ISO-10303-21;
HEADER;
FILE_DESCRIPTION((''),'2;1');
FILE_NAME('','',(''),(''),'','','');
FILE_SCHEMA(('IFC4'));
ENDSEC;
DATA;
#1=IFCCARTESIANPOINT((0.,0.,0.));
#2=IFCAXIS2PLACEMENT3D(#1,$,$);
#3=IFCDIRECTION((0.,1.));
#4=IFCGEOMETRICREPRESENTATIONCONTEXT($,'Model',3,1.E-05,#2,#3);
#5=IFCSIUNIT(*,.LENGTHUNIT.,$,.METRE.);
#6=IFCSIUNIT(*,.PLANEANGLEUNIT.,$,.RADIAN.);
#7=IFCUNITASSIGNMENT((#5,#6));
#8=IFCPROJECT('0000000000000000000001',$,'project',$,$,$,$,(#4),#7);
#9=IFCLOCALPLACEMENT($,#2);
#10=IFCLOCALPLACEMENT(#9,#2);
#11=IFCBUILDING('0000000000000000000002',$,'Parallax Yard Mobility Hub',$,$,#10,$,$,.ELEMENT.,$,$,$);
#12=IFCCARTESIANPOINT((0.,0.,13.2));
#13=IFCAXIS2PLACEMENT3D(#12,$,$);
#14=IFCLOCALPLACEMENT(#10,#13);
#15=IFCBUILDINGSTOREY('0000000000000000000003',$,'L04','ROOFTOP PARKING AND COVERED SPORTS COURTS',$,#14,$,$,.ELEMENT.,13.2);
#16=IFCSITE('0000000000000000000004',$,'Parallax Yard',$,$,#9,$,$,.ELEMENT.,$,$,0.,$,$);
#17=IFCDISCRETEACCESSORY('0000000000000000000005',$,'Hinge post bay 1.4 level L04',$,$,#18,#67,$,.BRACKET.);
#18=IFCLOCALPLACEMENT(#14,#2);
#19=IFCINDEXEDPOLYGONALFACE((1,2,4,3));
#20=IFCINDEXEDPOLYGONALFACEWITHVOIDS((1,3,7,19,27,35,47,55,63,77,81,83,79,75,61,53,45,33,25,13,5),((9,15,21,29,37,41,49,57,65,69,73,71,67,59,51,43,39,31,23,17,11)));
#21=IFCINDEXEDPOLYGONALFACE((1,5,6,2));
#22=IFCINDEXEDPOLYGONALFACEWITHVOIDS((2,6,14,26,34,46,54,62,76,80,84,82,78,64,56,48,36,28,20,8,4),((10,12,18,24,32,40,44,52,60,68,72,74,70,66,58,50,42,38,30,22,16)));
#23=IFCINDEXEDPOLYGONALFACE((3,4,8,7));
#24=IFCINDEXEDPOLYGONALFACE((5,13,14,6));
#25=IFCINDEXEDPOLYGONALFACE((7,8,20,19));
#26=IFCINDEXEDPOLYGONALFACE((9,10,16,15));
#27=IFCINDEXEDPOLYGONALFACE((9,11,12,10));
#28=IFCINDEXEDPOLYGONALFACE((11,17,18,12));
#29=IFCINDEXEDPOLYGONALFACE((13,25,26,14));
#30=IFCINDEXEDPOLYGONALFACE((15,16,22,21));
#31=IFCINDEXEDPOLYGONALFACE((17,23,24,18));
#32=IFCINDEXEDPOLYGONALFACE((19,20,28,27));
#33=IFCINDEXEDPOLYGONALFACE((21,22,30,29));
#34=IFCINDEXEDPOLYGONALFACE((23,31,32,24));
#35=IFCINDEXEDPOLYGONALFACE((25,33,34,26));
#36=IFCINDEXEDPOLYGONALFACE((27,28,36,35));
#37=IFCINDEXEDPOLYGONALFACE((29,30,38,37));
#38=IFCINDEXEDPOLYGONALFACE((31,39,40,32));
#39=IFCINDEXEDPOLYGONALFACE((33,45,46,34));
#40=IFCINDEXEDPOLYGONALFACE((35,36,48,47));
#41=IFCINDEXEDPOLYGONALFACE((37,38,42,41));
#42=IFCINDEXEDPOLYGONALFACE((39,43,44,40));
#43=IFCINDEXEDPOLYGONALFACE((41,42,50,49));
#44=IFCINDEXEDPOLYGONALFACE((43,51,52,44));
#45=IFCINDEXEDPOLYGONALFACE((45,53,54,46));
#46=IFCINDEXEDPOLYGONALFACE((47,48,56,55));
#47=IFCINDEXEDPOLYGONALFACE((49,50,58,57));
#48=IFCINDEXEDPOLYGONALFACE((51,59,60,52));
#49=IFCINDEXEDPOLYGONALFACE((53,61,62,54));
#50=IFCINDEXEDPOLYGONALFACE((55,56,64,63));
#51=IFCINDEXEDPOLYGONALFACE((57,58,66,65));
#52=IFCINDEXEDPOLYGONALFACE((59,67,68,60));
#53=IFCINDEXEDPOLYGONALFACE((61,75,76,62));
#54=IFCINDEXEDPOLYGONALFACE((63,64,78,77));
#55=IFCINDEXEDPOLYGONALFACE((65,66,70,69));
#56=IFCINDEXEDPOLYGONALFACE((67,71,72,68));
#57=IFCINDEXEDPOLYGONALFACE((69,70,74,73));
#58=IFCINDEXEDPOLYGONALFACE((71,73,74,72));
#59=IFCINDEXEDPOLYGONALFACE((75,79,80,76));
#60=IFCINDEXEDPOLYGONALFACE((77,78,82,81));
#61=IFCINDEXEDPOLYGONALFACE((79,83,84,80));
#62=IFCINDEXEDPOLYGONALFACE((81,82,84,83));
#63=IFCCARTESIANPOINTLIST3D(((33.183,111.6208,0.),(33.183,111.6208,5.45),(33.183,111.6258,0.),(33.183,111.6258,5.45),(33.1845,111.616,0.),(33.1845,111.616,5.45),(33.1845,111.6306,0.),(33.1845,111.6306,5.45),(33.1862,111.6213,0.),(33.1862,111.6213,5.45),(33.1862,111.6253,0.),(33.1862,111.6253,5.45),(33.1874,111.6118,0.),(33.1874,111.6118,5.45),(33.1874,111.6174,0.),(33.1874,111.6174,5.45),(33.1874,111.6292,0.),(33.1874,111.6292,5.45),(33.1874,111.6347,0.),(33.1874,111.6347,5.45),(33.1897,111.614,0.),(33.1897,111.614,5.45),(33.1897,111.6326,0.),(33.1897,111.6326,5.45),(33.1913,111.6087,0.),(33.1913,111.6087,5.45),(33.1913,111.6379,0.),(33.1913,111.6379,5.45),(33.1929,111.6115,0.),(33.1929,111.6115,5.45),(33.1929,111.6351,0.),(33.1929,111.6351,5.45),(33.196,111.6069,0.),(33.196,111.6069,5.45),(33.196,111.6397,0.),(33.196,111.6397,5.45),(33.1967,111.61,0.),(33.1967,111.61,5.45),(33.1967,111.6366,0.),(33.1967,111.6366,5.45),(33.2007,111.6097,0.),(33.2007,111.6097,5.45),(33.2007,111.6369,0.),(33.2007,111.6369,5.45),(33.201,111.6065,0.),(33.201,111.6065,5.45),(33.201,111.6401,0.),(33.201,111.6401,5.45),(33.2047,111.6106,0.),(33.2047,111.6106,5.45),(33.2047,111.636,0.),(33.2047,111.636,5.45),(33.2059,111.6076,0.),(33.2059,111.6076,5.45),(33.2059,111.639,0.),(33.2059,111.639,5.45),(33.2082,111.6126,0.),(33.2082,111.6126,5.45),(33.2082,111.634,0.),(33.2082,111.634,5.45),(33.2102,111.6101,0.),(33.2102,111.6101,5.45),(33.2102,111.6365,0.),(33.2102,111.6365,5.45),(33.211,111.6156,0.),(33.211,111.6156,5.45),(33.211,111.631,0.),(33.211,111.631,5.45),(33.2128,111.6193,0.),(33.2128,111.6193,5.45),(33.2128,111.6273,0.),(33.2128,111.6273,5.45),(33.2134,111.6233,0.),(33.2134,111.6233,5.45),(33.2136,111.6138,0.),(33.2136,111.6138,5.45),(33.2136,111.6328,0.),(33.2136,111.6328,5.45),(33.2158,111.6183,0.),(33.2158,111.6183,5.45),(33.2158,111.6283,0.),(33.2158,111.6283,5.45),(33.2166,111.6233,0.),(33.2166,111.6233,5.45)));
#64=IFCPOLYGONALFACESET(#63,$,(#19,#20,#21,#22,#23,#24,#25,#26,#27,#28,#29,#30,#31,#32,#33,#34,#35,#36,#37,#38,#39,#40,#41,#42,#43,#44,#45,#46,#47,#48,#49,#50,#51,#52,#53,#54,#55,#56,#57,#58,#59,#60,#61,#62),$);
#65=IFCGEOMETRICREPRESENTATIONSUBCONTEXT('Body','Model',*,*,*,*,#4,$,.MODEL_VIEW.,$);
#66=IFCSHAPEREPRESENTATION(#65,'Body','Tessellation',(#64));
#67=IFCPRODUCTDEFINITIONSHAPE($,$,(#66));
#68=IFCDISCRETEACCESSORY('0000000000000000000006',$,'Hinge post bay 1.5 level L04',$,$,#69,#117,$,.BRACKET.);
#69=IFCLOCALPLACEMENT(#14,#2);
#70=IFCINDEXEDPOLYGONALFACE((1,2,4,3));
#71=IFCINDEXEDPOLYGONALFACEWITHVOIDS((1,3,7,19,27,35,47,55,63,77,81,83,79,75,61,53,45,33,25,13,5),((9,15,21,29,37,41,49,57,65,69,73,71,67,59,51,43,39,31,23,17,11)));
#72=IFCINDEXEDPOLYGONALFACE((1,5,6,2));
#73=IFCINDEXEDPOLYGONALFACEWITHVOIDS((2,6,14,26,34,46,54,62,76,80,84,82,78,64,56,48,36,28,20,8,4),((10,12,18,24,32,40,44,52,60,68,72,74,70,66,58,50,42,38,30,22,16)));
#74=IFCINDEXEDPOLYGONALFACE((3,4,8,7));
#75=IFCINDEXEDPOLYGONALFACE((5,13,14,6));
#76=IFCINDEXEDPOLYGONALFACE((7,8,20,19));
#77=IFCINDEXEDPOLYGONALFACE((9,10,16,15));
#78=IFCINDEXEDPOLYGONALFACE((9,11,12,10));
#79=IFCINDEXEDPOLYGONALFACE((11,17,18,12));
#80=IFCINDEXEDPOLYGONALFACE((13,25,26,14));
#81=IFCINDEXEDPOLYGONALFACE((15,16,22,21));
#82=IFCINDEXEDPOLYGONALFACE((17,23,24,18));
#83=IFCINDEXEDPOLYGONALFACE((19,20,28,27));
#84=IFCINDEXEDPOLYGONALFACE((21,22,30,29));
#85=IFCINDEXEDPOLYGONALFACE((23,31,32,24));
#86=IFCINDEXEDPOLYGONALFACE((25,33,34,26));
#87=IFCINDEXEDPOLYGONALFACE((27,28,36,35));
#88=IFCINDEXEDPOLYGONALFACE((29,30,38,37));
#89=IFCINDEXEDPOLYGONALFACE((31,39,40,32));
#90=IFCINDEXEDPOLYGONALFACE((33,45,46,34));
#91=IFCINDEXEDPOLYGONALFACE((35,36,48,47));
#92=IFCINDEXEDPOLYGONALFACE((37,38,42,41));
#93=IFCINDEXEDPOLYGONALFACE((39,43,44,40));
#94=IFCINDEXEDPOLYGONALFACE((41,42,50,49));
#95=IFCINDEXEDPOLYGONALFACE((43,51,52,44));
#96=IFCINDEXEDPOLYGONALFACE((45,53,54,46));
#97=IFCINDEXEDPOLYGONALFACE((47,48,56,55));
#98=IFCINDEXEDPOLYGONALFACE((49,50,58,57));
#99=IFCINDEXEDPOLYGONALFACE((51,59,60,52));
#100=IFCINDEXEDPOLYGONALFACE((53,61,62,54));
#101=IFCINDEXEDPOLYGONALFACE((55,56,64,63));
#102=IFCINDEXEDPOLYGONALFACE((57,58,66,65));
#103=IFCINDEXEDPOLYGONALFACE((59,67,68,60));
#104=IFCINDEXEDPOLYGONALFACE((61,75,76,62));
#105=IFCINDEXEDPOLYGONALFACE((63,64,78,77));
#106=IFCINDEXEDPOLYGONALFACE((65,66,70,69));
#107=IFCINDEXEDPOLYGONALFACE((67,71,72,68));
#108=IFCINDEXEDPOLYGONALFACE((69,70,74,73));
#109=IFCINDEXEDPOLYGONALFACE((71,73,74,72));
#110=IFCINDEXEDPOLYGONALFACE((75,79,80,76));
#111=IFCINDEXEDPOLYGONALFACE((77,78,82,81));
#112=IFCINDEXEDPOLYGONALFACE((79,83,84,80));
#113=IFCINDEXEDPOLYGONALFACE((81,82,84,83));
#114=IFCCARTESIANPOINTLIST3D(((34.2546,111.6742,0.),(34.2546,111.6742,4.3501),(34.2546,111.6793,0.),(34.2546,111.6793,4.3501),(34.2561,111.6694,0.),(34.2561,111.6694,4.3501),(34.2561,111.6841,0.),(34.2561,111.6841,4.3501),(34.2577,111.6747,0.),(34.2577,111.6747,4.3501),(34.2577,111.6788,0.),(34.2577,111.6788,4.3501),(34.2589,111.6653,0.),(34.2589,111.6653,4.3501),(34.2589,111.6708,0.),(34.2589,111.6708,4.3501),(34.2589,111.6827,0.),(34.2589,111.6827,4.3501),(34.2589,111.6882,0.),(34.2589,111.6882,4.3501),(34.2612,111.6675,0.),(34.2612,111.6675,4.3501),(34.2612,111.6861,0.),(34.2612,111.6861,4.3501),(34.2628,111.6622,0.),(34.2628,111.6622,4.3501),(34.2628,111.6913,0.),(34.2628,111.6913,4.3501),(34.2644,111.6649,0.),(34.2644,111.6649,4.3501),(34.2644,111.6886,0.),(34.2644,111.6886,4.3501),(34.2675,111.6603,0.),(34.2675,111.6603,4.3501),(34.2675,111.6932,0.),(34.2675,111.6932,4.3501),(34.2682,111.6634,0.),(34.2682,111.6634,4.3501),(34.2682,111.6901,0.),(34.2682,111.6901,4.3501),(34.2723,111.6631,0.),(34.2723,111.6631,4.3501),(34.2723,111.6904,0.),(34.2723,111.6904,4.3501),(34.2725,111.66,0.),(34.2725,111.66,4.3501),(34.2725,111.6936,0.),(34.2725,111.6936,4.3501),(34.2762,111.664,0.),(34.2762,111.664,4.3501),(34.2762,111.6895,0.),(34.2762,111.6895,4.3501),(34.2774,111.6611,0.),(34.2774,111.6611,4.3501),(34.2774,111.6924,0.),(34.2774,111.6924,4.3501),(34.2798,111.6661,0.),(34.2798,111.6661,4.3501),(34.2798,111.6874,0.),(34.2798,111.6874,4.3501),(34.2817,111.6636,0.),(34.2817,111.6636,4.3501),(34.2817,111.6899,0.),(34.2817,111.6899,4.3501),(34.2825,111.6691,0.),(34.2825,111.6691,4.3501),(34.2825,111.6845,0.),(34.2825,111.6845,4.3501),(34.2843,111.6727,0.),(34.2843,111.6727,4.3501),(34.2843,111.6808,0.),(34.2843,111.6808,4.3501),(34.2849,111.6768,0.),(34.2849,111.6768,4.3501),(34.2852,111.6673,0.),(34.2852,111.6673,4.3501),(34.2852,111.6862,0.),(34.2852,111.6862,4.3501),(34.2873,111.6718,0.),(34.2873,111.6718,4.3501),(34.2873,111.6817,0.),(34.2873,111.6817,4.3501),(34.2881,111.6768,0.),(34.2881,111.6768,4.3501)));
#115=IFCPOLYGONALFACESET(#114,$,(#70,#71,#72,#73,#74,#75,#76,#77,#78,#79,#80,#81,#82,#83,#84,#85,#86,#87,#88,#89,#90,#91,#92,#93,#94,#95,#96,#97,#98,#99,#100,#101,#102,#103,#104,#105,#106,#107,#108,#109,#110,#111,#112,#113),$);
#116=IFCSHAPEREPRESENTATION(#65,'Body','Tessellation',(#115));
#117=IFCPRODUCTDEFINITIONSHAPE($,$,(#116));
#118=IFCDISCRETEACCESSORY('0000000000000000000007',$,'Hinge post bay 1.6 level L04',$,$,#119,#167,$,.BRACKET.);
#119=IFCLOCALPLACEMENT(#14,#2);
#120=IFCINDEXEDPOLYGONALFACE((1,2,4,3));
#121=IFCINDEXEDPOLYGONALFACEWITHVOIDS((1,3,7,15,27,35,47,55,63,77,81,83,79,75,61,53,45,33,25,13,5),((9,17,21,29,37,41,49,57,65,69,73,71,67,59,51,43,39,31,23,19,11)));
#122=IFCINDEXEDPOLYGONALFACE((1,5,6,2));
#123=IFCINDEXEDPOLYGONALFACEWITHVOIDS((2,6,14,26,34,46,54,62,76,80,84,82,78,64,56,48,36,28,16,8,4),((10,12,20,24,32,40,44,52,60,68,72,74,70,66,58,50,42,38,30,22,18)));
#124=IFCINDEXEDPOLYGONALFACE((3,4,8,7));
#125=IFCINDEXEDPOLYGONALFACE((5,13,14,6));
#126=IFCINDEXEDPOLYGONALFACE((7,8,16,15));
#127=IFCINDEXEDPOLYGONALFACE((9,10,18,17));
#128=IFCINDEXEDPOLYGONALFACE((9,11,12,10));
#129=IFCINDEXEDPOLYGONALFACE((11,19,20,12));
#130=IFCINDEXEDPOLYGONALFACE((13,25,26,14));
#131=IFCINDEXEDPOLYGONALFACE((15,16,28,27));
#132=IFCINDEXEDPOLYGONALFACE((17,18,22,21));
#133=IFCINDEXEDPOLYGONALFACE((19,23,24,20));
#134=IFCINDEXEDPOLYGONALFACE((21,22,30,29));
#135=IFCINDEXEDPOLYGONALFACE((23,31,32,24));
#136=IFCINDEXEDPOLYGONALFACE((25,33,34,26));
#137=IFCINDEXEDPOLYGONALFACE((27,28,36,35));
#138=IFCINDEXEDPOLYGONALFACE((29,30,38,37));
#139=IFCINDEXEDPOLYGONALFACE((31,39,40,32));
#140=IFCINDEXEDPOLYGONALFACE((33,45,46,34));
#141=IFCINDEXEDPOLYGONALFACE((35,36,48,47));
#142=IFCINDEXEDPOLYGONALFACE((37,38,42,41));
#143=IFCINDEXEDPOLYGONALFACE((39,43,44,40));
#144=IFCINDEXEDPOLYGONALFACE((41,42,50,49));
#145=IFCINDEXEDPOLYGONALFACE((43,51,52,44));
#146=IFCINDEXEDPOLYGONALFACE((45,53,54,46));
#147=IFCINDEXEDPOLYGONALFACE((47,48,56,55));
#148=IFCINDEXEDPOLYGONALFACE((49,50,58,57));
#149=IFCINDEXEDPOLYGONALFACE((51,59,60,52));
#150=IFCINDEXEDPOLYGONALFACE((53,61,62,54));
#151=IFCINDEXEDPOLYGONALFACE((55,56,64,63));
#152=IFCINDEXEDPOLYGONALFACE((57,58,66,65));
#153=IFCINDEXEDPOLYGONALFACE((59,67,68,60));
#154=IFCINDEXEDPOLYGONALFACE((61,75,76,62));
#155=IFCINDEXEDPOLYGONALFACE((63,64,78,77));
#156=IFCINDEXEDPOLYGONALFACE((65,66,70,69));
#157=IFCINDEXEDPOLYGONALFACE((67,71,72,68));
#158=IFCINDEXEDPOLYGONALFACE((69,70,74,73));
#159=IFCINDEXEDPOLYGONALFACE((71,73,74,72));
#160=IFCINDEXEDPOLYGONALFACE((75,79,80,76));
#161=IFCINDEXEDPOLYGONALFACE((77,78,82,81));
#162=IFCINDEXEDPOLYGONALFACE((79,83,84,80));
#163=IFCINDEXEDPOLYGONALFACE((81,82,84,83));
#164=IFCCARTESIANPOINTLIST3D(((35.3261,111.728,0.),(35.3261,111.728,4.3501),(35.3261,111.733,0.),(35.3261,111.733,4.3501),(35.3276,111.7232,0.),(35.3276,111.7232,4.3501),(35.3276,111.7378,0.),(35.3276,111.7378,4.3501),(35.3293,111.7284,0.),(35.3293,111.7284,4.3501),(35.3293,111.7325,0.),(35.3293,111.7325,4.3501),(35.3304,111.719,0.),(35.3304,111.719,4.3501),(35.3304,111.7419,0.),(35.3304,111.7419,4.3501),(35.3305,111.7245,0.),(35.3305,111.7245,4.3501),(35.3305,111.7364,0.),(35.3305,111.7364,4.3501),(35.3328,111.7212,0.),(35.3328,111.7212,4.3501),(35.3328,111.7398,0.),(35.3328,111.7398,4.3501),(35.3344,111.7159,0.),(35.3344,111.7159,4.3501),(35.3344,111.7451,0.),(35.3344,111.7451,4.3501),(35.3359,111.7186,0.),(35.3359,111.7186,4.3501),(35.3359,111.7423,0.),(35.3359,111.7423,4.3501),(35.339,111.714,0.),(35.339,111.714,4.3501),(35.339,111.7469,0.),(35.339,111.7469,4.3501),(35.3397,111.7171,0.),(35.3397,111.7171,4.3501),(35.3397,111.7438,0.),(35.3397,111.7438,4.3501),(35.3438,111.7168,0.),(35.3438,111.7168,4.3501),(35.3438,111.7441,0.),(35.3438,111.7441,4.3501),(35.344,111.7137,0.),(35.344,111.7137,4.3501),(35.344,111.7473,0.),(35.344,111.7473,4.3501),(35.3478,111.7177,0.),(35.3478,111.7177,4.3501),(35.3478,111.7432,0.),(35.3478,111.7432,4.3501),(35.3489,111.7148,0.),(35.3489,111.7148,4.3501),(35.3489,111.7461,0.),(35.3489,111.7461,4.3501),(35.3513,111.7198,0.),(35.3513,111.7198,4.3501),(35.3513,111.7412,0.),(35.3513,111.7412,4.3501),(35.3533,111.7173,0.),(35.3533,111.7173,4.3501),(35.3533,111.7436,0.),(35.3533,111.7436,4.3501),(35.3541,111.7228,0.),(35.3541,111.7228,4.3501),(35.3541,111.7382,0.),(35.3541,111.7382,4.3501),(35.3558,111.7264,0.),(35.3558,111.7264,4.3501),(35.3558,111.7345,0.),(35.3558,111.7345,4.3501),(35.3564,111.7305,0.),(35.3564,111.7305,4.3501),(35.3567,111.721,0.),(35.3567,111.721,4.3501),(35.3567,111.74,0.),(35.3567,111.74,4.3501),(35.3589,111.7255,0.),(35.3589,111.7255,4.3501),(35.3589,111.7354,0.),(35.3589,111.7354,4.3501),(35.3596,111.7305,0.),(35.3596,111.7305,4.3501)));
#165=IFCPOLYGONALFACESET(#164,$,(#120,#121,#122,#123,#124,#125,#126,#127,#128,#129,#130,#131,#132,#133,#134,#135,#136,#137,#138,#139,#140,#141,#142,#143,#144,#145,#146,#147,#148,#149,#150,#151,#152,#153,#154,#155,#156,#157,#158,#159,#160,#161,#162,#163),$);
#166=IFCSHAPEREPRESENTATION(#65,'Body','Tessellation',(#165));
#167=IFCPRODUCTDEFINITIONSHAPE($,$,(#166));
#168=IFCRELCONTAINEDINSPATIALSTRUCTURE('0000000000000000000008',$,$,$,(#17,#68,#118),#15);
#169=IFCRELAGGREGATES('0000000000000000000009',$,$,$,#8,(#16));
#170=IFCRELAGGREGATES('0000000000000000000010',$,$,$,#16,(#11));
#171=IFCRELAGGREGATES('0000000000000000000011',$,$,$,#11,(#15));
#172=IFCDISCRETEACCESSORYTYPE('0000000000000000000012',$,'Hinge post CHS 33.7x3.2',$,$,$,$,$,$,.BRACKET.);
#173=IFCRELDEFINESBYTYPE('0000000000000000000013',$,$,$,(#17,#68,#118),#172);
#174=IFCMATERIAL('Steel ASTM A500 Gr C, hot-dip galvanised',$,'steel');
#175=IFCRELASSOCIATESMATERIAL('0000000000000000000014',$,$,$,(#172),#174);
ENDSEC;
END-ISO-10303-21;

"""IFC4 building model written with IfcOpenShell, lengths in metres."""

from ifc_helpers import new_model, si_unit, direction, frame, origin, origin_2d, place, context, subcontext, project, spatial, hollow_circle, extrude, material, material_profile, profile_set, type_object, element, save


model = new_model("IFC4")

# Units and contexts
model_context = context("Model", 3, precision=1e-05, world=origin(), true_north=direction((0.0, 1.0)))
body_context = subcontext(model_context, "Body", "Model", "MODEL_VIEW")
ifc_project = project(units=[si_unit("LENGTHUNIT", "METRE"), si_unit("PLANEANGLEUNIT", "RADIAN")], contexts=[model_context])

# Site, building, storey
site_placement = place(None, origin())
site = spatial("IfcSite", under=ifc_project, at=site_placement, Name="Parallax Yard", CompositionType="ELEMENT", RefElevation=0.0)
building_placement = place(site_placement, origin())
building = spatial("IfcBuilding", under=site, at=building_placement, Name="Parallax Yard Mobility Hub", CompositionType="ELEMENT")
storey_placement = place(building_placement, frame((0.0, 0.0, 13.2)))
storey = spatial("IfcBuildingStorey", under=building, at=storey_placement, Name="L04", Description="ROOFTOP PARKING AND COVERED SPORTS COURTS", CompositionType="ELEMENT", Elevation=13.2)

# Discrete accessories
ifc_material_1 = material(Name="Steel ASTM A500 Gr C, hot-dip galvanised", Category="steel")
ifc_material_profile = material_profile(ifc_material_1, hollow_circle(Radius=0.0168, WallThickness=0.0032, at=origin_2d()), Name="CHS 33.7x3.2")
ifc_profile_set = profile_set([ifc_material_profile], Name="Steel ASTM A500 Gr C, hot-dip galvanised")
discrete_accessory_type = type_object("IfcDiscreteAccessoryType", Name="Hinge post CHS 33.7x3.2", PredefinedType="BRACKET", material=ifc_profile_set)
for number, where, z_axis, x_axis, name in (
    (1, (33.1997, 111.6233, 0.0), (0.0, 0.0, 1.0), (1.0, 0.0, 0.0), "Hinge post bay 1.4 level L04"),
):
    element("IfcDiscreteAccessory", number, at=place(storey_placement, frame(where, z_axis=z_axis, x_axis=x_axis)), inside=storey, type_object=discrete_accessory_type, Name=name, PredefinedType="BRACKET", context=body_context, shape_type="SweptSolid", body=[
        extrude(hollow_circle(Radius=0.0168, WallThickness=0.0032, at=origin_2d()), origin(), (0.0, 0.0, 1.0), 5.45),
    ])
for number, where, z_axis, x_axis, name in (
    (2, (34.2712, 111.6768, 0.0), (0.0, 0.0, 1.0), (1.0, 0.0, 0.0), "Hinge post bay 1.5 level L04"),
    (3, (35.3428, 111.7305, 0.0), (0.0, 0.0, 1.0), (1.0, 0.0, 0.0), "Hinge post bay 1.6 level L04"),
):
    element("IfcDiscreteAccessory", number, at=place(storey_placement, frame(where, z_axis=z_axis, x_axis=x_axis)), inside=storey, type_object=discrete_accessory_type, Name=name, PredefinedType="BRACKET", context=body_context, shape_type="SweptSolid", body=[
        extrude(hollow_circle(Radius=0.0168, WallThickness=0.0032, at=origin_2d()), origin(), (0.0, 0.0, 1.0), 4.3501),
    ])

save(model, "model.ifc")
